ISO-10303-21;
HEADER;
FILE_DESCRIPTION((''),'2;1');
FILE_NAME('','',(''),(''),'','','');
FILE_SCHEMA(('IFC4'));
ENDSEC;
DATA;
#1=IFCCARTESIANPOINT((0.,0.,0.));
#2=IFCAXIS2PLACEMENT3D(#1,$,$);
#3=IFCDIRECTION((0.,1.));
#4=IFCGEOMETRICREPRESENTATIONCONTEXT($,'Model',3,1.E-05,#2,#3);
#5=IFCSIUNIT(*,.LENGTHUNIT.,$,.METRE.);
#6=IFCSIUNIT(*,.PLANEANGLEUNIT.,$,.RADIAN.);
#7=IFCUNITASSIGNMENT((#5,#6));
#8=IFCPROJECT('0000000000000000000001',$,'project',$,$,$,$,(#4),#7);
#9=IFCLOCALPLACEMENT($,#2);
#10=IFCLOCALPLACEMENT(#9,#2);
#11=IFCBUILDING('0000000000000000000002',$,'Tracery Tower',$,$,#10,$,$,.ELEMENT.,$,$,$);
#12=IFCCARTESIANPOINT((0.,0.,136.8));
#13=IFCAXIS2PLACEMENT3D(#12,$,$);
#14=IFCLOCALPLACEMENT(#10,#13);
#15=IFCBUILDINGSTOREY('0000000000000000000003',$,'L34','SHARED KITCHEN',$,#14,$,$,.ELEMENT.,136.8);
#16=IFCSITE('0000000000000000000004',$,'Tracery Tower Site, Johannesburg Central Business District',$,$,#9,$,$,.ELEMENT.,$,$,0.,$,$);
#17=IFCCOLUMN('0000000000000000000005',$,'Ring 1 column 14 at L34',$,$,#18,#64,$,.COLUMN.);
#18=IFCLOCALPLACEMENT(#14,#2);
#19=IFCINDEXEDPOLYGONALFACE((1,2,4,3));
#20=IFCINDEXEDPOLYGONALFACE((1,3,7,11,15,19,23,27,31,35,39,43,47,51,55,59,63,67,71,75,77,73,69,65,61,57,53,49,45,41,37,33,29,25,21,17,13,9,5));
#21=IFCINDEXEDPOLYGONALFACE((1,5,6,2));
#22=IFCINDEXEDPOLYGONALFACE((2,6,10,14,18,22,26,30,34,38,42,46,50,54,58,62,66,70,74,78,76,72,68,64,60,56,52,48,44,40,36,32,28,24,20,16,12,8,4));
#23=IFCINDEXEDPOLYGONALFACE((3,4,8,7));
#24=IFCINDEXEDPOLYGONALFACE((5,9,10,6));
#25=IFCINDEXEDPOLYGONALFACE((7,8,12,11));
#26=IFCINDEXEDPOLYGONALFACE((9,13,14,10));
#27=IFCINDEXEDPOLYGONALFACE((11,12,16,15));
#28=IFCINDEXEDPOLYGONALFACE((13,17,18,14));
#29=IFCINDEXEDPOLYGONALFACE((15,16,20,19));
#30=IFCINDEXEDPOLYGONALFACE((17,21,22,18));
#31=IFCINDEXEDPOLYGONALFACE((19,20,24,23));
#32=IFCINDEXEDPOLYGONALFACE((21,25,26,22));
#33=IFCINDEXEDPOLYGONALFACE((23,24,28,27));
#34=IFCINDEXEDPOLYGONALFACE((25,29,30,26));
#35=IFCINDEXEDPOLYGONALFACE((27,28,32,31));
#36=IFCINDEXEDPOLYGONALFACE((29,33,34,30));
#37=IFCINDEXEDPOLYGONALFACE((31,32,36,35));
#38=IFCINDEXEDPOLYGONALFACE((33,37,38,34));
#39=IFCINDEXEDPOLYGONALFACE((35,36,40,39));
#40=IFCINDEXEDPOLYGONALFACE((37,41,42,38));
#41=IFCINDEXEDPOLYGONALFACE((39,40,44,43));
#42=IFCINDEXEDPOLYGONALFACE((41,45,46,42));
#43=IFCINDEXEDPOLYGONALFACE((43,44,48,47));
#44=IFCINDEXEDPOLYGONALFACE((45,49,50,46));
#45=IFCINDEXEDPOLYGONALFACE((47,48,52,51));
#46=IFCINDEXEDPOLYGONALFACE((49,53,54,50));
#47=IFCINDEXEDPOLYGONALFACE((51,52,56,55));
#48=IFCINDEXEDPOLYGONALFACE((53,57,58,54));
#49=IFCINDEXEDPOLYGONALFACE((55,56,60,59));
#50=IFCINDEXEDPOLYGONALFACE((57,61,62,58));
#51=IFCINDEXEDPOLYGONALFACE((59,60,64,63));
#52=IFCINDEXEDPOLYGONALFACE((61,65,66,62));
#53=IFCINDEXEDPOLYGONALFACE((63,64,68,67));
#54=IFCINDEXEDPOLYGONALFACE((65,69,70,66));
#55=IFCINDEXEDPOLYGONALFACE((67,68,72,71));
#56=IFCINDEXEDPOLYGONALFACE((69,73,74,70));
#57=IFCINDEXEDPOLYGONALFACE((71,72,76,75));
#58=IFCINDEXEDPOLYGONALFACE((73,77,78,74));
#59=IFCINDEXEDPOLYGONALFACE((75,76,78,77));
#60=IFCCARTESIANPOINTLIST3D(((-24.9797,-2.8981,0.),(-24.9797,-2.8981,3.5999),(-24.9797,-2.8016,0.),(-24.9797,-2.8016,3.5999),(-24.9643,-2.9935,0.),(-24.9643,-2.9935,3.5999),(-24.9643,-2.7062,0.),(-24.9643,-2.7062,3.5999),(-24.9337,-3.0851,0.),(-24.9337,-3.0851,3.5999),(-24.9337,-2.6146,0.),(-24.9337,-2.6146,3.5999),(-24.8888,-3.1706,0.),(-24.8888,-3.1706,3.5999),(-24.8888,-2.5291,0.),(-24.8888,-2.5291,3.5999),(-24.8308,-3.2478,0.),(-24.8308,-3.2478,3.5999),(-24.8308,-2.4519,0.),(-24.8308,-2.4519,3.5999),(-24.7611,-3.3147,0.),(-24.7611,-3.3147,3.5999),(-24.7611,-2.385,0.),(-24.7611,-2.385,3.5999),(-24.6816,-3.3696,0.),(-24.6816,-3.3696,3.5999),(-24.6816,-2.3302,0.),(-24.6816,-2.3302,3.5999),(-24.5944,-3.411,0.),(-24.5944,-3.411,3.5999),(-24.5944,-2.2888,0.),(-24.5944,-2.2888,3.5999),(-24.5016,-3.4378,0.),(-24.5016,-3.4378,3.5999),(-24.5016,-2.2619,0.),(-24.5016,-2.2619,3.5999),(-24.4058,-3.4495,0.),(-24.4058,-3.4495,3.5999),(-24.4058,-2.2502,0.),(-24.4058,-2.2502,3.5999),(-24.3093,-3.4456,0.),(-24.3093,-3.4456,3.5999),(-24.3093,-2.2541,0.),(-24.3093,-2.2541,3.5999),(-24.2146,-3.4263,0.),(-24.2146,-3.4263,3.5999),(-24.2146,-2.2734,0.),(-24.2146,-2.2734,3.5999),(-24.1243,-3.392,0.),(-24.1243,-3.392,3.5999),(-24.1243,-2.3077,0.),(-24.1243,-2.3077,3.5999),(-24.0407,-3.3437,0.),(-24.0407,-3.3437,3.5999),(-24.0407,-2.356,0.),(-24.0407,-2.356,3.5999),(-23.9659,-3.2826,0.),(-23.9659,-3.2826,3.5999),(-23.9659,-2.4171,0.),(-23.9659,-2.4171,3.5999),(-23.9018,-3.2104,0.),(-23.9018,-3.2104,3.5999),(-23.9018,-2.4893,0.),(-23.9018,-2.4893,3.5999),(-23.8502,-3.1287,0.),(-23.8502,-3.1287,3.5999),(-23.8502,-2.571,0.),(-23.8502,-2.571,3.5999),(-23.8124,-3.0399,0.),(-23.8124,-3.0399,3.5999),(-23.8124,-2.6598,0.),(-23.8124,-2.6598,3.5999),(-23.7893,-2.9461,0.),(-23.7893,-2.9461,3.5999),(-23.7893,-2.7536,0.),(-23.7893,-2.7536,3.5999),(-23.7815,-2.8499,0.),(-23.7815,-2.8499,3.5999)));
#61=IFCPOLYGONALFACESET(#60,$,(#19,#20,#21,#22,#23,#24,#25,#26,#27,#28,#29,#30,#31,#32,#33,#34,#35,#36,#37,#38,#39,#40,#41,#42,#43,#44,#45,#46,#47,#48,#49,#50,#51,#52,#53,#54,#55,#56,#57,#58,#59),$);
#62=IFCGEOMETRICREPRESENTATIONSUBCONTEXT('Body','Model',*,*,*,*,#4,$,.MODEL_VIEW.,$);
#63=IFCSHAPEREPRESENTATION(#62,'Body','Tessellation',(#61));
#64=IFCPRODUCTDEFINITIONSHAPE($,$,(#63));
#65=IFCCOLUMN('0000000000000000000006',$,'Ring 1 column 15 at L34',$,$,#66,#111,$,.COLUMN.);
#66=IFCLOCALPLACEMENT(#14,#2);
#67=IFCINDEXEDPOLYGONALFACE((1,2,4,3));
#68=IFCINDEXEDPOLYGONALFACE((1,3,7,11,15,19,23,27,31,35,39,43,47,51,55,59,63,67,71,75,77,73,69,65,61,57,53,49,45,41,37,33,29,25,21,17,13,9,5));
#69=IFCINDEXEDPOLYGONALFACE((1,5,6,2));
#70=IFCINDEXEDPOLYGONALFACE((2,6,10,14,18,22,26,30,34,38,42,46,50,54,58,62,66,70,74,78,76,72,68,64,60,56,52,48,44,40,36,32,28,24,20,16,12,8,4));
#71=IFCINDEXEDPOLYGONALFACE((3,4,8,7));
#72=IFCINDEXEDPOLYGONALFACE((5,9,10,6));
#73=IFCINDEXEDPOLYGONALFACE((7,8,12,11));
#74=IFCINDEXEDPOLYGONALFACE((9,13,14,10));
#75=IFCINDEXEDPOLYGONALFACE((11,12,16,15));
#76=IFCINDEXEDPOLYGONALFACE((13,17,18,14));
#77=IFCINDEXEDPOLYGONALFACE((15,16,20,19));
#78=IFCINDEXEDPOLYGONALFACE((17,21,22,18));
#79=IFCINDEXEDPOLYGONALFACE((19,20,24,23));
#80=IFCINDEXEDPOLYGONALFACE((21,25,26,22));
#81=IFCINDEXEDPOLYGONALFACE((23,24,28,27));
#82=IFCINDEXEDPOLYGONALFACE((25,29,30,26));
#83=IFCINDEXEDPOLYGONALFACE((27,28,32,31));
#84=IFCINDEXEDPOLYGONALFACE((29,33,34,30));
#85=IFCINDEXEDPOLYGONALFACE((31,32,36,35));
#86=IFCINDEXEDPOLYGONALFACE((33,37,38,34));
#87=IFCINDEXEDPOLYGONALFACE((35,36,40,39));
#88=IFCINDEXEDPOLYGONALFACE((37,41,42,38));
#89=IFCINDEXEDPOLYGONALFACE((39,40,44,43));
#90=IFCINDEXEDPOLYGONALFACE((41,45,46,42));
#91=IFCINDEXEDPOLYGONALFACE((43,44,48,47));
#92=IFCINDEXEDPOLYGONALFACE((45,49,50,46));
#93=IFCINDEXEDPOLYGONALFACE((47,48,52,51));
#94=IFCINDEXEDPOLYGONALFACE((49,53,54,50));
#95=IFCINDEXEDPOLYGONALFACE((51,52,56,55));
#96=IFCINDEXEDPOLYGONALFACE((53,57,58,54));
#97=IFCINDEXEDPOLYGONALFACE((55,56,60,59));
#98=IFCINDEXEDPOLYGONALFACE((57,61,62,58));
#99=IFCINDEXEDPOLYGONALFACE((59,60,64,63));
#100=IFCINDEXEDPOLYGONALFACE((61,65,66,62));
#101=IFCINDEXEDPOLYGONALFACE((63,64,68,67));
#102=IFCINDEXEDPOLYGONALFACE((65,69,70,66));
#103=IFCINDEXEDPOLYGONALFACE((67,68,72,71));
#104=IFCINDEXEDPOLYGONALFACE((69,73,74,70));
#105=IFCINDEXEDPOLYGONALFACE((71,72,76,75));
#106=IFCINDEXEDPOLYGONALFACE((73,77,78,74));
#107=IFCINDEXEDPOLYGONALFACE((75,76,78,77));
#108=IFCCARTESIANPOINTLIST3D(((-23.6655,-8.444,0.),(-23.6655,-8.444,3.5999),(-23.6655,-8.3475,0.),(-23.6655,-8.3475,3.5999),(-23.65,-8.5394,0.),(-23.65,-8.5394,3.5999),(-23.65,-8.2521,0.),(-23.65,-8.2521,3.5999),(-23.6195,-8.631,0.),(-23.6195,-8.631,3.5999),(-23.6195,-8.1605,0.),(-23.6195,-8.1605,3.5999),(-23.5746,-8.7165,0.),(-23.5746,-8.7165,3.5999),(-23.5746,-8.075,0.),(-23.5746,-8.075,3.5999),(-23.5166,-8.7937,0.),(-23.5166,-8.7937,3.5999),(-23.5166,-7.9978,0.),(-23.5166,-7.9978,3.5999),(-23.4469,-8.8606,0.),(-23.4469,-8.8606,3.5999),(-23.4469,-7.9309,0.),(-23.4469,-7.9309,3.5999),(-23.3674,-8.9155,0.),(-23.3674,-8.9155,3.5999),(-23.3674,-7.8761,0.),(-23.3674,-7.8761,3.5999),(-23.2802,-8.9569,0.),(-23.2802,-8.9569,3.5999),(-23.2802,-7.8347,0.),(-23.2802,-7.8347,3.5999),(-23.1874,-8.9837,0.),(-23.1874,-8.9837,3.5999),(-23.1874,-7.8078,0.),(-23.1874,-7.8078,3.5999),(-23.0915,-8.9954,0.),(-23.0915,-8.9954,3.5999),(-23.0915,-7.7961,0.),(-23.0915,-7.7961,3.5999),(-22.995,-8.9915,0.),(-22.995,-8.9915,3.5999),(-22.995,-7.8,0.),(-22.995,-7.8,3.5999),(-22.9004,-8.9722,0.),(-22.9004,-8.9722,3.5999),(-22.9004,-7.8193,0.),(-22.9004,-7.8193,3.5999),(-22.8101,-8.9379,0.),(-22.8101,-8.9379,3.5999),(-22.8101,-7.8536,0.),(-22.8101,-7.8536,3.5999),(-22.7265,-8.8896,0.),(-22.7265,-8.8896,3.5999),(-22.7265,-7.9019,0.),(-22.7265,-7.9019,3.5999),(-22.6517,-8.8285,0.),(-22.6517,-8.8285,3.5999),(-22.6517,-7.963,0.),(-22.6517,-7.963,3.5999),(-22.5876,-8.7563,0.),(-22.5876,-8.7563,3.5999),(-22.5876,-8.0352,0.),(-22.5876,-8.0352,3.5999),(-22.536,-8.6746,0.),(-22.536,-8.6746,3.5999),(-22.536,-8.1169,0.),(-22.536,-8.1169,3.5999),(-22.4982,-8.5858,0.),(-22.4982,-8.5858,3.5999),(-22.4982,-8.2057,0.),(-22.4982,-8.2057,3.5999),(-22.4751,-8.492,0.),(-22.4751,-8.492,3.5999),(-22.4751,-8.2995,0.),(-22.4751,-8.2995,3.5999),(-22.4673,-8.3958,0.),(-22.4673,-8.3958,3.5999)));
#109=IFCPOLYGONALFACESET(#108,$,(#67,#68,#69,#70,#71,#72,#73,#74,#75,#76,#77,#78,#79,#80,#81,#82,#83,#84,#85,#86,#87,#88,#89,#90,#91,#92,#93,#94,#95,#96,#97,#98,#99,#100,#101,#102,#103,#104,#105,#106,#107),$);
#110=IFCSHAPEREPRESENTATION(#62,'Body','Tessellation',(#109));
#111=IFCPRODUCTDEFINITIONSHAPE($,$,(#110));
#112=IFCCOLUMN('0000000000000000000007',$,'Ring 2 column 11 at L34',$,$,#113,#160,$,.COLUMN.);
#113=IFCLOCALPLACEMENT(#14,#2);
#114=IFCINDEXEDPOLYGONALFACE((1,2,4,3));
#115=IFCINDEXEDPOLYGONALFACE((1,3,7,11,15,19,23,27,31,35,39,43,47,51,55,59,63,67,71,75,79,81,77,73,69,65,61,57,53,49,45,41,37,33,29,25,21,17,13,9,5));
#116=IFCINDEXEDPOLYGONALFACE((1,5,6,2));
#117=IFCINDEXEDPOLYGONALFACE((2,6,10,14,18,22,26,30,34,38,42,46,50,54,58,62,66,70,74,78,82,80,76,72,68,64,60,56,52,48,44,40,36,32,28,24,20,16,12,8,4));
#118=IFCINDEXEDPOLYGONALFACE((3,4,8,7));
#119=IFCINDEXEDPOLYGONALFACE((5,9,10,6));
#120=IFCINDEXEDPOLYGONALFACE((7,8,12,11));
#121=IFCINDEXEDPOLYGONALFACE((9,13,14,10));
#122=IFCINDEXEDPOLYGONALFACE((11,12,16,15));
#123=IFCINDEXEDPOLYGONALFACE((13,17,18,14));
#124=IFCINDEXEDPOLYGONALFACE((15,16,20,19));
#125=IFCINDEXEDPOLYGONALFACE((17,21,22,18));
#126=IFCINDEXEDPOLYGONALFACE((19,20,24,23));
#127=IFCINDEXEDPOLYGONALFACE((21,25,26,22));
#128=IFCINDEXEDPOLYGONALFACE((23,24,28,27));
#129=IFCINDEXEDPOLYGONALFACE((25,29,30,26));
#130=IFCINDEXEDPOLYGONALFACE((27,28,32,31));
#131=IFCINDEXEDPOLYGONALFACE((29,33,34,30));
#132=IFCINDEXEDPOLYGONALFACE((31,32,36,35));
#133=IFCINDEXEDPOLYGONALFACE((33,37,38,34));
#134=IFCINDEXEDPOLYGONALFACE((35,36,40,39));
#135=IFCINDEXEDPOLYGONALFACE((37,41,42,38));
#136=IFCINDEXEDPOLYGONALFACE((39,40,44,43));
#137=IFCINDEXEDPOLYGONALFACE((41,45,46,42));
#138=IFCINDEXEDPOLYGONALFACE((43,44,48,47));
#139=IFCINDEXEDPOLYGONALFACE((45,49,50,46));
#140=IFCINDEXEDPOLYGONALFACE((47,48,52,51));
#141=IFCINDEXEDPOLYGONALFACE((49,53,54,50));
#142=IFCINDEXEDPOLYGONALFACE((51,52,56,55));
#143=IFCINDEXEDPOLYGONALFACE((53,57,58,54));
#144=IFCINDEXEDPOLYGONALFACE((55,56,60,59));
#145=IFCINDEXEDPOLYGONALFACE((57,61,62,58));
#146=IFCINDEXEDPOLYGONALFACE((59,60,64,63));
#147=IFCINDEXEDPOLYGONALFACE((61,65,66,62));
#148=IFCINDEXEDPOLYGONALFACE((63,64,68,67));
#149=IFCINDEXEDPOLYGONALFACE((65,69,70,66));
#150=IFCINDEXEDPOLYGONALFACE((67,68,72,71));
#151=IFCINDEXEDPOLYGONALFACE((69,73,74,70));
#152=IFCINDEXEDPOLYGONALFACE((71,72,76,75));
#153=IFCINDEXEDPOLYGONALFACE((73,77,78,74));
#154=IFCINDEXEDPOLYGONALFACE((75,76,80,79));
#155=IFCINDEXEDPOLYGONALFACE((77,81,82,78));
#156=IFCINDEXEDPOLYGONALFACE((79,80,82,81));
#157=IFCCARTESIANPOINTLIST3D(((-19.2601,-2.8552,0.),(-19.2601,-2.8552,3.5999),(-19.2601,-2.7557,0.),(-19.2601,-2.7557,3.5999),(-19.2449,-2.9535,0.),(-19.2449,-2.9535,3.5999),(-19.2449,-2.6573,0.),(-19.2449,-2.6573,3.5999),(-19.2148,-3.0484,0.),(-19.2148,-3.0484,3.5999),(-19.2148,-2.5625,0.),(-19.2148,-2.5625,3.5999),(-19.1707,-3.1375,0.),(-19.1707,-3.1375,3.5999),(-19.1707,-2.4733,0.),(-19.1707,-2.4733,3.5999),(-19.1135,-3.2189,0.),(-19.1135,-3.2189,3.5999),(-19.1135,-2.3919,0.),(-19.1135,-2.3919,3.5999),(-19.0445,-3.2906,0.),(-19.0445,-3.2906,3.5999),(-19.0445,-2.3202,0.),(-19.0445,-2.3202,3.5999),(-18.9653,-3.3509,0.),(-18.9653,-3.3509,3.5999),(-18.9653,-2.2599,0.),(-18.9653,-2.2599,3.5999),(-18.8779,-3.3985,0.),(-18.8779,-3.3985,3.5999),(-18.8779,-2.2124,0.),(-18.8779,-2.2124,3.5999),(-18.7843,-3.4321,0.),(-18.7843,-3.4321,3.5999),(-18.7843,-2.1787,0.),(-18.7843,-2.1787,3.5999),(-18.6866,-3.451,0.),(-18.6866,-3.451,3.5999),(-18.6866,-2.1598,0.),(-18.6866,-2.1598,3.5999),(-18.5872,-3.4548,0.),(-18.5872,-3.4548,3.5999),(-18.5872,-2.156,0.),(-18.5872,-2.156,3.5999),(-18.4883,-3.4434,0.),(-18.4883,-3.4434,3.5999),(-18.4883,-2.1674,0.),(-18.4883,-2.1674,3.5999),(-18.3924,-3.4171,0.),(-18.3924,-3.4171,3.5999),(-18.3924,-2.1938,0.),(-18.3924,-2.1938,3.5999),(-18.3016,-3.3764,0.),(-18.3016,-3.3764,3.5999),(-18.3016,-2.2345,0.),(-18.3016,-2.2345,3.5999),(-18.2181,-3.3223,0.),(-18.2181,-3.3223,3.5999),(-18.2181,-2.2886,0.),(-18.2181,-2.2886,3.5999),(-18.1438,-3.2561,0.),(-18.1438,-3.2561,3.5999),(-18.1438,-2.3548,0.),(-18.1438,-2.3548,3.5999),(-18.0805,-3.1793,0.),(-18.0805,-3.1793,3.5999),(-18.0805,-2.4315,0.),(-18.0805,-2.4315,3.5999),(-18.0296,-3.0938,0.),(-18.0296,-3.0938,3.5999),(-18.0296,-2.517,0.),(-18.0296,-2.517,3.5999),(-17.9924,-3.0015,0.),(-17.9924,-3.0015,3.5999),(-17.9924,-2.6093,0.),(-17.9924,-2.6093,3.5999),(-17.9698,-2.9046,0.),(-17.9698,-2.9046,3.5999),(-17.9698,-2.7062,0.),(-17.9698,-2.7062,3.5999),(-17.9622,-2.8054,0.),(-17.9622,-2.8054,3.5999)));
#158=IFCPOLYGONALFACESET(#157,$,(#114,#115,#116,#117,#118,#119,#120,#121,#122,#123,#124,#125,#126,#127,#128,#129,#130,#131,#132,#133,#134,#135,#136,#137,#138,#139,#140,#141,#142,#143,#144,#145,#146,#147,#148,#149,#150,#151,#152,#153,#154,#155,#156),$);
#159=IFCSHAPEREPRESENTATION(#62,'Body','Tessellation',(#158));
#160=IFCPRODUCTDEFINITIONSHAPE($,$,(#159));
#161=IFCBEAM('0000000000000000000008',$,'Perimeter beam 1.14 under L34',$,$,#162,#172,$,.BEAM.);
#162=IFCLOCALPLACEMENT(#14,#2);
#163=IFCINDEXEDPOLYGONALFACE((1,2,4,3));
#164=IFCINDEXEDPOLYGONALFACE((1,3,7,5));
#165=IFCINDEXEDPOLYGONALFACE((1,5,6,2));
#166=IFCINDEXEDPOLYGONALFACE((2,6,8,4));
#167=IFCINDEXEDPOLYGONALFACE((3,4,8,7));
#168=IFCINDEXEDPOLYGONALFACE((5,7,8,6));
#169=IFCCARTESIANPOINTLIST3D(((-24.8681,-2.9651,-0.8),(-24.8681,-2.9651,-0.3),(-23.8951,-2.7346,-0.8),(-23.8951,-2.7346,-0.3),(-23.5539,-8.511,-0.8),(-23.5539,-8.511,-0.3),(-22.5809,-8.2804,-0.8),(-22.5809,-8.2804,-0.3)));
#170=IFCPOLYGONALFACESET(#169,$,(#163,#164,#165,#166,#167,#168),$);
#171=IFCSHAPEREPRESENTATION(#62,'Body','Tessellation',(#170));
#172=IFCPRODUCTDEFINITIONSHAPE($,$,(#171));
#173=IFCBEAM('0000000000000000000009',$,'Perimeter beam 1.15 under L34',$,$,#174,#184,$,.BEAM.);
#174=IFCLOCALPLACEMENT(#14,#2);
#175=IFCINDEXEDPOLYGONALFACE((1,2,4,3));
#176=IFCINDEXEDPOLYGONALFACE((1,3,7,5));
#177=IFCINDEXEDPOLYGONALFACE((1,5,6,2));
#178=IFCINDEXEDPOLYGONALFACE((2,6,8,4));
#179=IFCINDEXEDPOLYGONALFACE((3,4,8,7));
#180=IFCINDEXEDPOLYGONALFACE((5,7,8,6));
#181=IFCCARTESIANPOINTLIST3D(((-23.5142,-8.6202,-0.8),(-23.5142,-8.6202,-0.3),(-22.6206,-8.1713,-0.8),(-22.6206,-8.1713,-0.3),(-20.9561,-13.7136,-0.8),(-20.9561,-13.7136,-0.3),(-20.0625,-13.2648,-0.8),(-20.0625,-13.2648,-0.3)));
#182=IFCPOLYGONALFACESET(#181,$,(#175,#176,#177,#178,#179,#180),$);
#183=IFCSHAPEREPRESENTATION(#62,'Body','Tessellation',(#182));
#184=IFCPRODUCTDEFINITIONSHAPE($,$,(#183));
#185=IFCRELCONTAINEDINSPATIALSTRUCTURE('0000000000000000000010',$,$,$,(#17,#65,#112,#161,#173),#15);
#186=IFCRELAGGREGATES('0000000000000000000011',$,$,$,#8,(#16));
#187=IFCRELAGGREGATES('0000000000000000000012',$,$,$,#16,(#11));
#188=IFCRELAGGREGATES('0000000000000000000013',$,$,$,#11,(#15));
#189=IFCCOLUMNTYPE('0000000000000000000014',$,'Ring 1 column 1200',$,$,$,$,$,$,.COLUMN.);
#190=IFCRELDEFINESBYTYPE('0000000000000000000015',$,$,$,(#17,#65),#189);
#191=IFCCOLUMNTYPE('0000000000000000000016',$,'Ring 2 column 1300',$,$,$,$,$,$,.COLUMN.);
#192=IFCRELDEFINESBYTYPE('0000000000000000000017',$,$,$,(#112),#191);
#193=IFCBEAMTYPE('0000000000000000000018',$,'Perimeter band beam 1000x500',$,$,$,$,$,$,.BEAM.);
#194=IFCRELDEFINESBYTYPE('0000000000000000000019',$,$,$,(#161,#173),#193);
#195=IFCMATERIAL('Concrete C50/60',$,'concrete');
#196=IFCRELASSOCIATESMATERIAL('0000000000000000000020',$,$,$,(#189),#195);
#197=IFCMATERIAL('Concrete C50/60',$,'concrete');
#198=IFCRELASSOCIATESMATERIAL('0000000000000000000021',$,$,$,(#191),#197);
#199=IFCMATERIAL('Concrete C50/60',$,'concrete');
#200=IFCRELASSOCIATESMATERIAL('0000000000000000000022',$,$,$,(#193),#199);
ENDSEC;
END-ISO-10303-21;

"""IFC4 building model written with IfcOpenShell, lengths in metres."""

from ifc_helpers import new_model, si_unit, direction, frame, origin, origin_2d, place, context, subcontext, project, spatial, rectangle, circle, extrude, material, material_profile, profile_set, type_object, element, save


model = new_model("IFC4")

# Units and contexts
model_context = context("Model", 3, precision=1e-05, world=origin(), true_north=direction((0.0, 1.0)))
body_context = subcontext(model_context, "Body", "Model", "MODEL_VIEW")
ifc_project = project(units=[si_unit("LENGTHUNIT", "METRE"), si_unit("PLANEANGLEUNIT", "RADIAN")], contexts=[model_context])

# Site, building, storey
site_placement = place(None, origin())
site = spatial("IfcSite", under=ifc_project, at=site_placement, Name="Tracery Tower Site, Johannesburg Central Business District", CompositionType="ELEMENT", RefElevation=0.0)
building_placement = place(site_placement, origin())
building = spatial("IfcBuilding", under=site, at=building_placement, Name="Tracery Tower", CompositionType="ELEMENT")
storey_placement = place(building_placement, frame((0.0, 0.0, 136.8)))
storey = spatial("IfcBuildingStorey", under=building, at=storey_placement, Name="L34", Description="SHARED KITCHEN", CompositionType="ELEMENT", Elevation=136.8)

# Columns
ifc_material_1 = material(Name="Concrete C50/60", Category="concrete")
ifc_material_profile_1 = material_profile(ifc_material_1, circle(Radius=0.6001, at=origin_2d()), Name="RC D1200")
ifc_profile_set_1 = profile_set([ifc_material_profile_1], Name="Concrete C50/60")
column_type_1 = type_object("IfcColumnType", Name="Ring 1 column 1200", PredefinedType="COLUMN", material=ifc_profile_set_1)
for number, where, z_axis, x_axis, name in (
    (1, (-24.3816, -2.8499, 0.0), (0.0, 0.0, 1.0), (1.0, 0.0, 0.0), "Ring 1 column 14 at L34"),
    (2, (-23.0674, -8.3958, 0.0), (0.0, 0.0, 1.0), (1.0, 0.0, 0.0), "Ring 1 column 15 at L34"),
):
    element("IfcColumn", number, at=place(storey_placement, frame(where, z_axis=z_axis, x_axis=x_axis)), inside=storey, type_object=column_type_1, Name=name, PredefinedType="COLUMN", context=body_context, shape_type="SweptSolid", body=[
        extrude(circle(Radius=0.6001, at=origin_2d()), origin(), (0.0, 0.0, 1.0), 3.5999),
    ])
ifc_material_2 = material(Name="Concrete C50/60", Category="concrete")
ifc_material_profile_2 = material_profile(ifc_material_2, circle(Radius=0.6499, at=origin_2d()), Name="RC D1300")
ifc_profile_set_2 = profile_set([ifc_material_profile_2], Name="Concrete C50/60")
column_type_2 = type_object("IfcColumnType", Name="Ring 2 column 1300", PredefinedType="COLUMN", material=ifc_profile_set_2)
column_placement = place(storey_placement, frame((-18.6121, -2.8054, 0.0), z_axis=(0.0, 0.0, 1.0), x_axis=(1.0, 0.0, 0.0)))
element("IfcColumn", 3, at=column_placement, inside=storey, type_object=column_type_2, Name="Ring 2 column 11 at L34", PredefinedType="COLUMN", context=body_context, shape_type="SweptSolid", body=[
    extrude(circle(Radius=0.6499, at=origin_2d()), origin(), (0.0, 0.0, 1.0), 3.5999),
])

# Beams
ifc_material_3 = material(Name="Concrete C50/60", Category="concrete")
ifc_material_profile_3 = material_profile(ifc_material_3, rectangle(XDim=1.0, YDim=0.5, at=origin_2d()), Name="RC 1000x500")
ifc_profile_set_3 = profile_set([ifc_material_profile_3], Name="Concrete C50/60")
beam_type = type_object("IfcBeamType", Name="Perimeter band beam 1000x500", PredefinedType="BEAM", material=ifc_profile_set_3)
beam_1_placement = place(storey_placement, frame((-24.3816, -2.8499, -0.55), z_axis=(0.230584, -0.973052, 0.0), x_axis=(0.973052, 0.230584, 0.0)))
element("IfcBeam", 4, at=beam_1_placement, inside=storey, type_object=beam_type, Name="Perimeter beam 1.14 under L34", PredefinedType="BEAM", context=body_context, shape_type="SweptSolid", body=[
    extrude(rectangle(XDim=1.0, YDim=0.5, at=origin_2d()), origin(), (0.0, 0.0, 1.0), 5.6995),
])
beam_2_placement = place(storey_placement, frame((-23.0674, -8.3958, -0.55), z_axis=(0.448806, -0.893629, 0.0), x_axis=(0.893629, 0.448806, 0.0)))
element("IfcBeam", 5, at=beam_2_placement, inside=storey, type_object=beam_type, Name="Perimeter beam 1.15 under L34", PredefinedType="BEAM", context=body_context, shape_type="SweptSolid", body=[
    extrude(rectangle(XDim=1.0, YDim=0.5, at=origin_2d()), origin(), (0.0, 0.0, 1.0), 5.6997),
])

save(model, "model.ifc")
